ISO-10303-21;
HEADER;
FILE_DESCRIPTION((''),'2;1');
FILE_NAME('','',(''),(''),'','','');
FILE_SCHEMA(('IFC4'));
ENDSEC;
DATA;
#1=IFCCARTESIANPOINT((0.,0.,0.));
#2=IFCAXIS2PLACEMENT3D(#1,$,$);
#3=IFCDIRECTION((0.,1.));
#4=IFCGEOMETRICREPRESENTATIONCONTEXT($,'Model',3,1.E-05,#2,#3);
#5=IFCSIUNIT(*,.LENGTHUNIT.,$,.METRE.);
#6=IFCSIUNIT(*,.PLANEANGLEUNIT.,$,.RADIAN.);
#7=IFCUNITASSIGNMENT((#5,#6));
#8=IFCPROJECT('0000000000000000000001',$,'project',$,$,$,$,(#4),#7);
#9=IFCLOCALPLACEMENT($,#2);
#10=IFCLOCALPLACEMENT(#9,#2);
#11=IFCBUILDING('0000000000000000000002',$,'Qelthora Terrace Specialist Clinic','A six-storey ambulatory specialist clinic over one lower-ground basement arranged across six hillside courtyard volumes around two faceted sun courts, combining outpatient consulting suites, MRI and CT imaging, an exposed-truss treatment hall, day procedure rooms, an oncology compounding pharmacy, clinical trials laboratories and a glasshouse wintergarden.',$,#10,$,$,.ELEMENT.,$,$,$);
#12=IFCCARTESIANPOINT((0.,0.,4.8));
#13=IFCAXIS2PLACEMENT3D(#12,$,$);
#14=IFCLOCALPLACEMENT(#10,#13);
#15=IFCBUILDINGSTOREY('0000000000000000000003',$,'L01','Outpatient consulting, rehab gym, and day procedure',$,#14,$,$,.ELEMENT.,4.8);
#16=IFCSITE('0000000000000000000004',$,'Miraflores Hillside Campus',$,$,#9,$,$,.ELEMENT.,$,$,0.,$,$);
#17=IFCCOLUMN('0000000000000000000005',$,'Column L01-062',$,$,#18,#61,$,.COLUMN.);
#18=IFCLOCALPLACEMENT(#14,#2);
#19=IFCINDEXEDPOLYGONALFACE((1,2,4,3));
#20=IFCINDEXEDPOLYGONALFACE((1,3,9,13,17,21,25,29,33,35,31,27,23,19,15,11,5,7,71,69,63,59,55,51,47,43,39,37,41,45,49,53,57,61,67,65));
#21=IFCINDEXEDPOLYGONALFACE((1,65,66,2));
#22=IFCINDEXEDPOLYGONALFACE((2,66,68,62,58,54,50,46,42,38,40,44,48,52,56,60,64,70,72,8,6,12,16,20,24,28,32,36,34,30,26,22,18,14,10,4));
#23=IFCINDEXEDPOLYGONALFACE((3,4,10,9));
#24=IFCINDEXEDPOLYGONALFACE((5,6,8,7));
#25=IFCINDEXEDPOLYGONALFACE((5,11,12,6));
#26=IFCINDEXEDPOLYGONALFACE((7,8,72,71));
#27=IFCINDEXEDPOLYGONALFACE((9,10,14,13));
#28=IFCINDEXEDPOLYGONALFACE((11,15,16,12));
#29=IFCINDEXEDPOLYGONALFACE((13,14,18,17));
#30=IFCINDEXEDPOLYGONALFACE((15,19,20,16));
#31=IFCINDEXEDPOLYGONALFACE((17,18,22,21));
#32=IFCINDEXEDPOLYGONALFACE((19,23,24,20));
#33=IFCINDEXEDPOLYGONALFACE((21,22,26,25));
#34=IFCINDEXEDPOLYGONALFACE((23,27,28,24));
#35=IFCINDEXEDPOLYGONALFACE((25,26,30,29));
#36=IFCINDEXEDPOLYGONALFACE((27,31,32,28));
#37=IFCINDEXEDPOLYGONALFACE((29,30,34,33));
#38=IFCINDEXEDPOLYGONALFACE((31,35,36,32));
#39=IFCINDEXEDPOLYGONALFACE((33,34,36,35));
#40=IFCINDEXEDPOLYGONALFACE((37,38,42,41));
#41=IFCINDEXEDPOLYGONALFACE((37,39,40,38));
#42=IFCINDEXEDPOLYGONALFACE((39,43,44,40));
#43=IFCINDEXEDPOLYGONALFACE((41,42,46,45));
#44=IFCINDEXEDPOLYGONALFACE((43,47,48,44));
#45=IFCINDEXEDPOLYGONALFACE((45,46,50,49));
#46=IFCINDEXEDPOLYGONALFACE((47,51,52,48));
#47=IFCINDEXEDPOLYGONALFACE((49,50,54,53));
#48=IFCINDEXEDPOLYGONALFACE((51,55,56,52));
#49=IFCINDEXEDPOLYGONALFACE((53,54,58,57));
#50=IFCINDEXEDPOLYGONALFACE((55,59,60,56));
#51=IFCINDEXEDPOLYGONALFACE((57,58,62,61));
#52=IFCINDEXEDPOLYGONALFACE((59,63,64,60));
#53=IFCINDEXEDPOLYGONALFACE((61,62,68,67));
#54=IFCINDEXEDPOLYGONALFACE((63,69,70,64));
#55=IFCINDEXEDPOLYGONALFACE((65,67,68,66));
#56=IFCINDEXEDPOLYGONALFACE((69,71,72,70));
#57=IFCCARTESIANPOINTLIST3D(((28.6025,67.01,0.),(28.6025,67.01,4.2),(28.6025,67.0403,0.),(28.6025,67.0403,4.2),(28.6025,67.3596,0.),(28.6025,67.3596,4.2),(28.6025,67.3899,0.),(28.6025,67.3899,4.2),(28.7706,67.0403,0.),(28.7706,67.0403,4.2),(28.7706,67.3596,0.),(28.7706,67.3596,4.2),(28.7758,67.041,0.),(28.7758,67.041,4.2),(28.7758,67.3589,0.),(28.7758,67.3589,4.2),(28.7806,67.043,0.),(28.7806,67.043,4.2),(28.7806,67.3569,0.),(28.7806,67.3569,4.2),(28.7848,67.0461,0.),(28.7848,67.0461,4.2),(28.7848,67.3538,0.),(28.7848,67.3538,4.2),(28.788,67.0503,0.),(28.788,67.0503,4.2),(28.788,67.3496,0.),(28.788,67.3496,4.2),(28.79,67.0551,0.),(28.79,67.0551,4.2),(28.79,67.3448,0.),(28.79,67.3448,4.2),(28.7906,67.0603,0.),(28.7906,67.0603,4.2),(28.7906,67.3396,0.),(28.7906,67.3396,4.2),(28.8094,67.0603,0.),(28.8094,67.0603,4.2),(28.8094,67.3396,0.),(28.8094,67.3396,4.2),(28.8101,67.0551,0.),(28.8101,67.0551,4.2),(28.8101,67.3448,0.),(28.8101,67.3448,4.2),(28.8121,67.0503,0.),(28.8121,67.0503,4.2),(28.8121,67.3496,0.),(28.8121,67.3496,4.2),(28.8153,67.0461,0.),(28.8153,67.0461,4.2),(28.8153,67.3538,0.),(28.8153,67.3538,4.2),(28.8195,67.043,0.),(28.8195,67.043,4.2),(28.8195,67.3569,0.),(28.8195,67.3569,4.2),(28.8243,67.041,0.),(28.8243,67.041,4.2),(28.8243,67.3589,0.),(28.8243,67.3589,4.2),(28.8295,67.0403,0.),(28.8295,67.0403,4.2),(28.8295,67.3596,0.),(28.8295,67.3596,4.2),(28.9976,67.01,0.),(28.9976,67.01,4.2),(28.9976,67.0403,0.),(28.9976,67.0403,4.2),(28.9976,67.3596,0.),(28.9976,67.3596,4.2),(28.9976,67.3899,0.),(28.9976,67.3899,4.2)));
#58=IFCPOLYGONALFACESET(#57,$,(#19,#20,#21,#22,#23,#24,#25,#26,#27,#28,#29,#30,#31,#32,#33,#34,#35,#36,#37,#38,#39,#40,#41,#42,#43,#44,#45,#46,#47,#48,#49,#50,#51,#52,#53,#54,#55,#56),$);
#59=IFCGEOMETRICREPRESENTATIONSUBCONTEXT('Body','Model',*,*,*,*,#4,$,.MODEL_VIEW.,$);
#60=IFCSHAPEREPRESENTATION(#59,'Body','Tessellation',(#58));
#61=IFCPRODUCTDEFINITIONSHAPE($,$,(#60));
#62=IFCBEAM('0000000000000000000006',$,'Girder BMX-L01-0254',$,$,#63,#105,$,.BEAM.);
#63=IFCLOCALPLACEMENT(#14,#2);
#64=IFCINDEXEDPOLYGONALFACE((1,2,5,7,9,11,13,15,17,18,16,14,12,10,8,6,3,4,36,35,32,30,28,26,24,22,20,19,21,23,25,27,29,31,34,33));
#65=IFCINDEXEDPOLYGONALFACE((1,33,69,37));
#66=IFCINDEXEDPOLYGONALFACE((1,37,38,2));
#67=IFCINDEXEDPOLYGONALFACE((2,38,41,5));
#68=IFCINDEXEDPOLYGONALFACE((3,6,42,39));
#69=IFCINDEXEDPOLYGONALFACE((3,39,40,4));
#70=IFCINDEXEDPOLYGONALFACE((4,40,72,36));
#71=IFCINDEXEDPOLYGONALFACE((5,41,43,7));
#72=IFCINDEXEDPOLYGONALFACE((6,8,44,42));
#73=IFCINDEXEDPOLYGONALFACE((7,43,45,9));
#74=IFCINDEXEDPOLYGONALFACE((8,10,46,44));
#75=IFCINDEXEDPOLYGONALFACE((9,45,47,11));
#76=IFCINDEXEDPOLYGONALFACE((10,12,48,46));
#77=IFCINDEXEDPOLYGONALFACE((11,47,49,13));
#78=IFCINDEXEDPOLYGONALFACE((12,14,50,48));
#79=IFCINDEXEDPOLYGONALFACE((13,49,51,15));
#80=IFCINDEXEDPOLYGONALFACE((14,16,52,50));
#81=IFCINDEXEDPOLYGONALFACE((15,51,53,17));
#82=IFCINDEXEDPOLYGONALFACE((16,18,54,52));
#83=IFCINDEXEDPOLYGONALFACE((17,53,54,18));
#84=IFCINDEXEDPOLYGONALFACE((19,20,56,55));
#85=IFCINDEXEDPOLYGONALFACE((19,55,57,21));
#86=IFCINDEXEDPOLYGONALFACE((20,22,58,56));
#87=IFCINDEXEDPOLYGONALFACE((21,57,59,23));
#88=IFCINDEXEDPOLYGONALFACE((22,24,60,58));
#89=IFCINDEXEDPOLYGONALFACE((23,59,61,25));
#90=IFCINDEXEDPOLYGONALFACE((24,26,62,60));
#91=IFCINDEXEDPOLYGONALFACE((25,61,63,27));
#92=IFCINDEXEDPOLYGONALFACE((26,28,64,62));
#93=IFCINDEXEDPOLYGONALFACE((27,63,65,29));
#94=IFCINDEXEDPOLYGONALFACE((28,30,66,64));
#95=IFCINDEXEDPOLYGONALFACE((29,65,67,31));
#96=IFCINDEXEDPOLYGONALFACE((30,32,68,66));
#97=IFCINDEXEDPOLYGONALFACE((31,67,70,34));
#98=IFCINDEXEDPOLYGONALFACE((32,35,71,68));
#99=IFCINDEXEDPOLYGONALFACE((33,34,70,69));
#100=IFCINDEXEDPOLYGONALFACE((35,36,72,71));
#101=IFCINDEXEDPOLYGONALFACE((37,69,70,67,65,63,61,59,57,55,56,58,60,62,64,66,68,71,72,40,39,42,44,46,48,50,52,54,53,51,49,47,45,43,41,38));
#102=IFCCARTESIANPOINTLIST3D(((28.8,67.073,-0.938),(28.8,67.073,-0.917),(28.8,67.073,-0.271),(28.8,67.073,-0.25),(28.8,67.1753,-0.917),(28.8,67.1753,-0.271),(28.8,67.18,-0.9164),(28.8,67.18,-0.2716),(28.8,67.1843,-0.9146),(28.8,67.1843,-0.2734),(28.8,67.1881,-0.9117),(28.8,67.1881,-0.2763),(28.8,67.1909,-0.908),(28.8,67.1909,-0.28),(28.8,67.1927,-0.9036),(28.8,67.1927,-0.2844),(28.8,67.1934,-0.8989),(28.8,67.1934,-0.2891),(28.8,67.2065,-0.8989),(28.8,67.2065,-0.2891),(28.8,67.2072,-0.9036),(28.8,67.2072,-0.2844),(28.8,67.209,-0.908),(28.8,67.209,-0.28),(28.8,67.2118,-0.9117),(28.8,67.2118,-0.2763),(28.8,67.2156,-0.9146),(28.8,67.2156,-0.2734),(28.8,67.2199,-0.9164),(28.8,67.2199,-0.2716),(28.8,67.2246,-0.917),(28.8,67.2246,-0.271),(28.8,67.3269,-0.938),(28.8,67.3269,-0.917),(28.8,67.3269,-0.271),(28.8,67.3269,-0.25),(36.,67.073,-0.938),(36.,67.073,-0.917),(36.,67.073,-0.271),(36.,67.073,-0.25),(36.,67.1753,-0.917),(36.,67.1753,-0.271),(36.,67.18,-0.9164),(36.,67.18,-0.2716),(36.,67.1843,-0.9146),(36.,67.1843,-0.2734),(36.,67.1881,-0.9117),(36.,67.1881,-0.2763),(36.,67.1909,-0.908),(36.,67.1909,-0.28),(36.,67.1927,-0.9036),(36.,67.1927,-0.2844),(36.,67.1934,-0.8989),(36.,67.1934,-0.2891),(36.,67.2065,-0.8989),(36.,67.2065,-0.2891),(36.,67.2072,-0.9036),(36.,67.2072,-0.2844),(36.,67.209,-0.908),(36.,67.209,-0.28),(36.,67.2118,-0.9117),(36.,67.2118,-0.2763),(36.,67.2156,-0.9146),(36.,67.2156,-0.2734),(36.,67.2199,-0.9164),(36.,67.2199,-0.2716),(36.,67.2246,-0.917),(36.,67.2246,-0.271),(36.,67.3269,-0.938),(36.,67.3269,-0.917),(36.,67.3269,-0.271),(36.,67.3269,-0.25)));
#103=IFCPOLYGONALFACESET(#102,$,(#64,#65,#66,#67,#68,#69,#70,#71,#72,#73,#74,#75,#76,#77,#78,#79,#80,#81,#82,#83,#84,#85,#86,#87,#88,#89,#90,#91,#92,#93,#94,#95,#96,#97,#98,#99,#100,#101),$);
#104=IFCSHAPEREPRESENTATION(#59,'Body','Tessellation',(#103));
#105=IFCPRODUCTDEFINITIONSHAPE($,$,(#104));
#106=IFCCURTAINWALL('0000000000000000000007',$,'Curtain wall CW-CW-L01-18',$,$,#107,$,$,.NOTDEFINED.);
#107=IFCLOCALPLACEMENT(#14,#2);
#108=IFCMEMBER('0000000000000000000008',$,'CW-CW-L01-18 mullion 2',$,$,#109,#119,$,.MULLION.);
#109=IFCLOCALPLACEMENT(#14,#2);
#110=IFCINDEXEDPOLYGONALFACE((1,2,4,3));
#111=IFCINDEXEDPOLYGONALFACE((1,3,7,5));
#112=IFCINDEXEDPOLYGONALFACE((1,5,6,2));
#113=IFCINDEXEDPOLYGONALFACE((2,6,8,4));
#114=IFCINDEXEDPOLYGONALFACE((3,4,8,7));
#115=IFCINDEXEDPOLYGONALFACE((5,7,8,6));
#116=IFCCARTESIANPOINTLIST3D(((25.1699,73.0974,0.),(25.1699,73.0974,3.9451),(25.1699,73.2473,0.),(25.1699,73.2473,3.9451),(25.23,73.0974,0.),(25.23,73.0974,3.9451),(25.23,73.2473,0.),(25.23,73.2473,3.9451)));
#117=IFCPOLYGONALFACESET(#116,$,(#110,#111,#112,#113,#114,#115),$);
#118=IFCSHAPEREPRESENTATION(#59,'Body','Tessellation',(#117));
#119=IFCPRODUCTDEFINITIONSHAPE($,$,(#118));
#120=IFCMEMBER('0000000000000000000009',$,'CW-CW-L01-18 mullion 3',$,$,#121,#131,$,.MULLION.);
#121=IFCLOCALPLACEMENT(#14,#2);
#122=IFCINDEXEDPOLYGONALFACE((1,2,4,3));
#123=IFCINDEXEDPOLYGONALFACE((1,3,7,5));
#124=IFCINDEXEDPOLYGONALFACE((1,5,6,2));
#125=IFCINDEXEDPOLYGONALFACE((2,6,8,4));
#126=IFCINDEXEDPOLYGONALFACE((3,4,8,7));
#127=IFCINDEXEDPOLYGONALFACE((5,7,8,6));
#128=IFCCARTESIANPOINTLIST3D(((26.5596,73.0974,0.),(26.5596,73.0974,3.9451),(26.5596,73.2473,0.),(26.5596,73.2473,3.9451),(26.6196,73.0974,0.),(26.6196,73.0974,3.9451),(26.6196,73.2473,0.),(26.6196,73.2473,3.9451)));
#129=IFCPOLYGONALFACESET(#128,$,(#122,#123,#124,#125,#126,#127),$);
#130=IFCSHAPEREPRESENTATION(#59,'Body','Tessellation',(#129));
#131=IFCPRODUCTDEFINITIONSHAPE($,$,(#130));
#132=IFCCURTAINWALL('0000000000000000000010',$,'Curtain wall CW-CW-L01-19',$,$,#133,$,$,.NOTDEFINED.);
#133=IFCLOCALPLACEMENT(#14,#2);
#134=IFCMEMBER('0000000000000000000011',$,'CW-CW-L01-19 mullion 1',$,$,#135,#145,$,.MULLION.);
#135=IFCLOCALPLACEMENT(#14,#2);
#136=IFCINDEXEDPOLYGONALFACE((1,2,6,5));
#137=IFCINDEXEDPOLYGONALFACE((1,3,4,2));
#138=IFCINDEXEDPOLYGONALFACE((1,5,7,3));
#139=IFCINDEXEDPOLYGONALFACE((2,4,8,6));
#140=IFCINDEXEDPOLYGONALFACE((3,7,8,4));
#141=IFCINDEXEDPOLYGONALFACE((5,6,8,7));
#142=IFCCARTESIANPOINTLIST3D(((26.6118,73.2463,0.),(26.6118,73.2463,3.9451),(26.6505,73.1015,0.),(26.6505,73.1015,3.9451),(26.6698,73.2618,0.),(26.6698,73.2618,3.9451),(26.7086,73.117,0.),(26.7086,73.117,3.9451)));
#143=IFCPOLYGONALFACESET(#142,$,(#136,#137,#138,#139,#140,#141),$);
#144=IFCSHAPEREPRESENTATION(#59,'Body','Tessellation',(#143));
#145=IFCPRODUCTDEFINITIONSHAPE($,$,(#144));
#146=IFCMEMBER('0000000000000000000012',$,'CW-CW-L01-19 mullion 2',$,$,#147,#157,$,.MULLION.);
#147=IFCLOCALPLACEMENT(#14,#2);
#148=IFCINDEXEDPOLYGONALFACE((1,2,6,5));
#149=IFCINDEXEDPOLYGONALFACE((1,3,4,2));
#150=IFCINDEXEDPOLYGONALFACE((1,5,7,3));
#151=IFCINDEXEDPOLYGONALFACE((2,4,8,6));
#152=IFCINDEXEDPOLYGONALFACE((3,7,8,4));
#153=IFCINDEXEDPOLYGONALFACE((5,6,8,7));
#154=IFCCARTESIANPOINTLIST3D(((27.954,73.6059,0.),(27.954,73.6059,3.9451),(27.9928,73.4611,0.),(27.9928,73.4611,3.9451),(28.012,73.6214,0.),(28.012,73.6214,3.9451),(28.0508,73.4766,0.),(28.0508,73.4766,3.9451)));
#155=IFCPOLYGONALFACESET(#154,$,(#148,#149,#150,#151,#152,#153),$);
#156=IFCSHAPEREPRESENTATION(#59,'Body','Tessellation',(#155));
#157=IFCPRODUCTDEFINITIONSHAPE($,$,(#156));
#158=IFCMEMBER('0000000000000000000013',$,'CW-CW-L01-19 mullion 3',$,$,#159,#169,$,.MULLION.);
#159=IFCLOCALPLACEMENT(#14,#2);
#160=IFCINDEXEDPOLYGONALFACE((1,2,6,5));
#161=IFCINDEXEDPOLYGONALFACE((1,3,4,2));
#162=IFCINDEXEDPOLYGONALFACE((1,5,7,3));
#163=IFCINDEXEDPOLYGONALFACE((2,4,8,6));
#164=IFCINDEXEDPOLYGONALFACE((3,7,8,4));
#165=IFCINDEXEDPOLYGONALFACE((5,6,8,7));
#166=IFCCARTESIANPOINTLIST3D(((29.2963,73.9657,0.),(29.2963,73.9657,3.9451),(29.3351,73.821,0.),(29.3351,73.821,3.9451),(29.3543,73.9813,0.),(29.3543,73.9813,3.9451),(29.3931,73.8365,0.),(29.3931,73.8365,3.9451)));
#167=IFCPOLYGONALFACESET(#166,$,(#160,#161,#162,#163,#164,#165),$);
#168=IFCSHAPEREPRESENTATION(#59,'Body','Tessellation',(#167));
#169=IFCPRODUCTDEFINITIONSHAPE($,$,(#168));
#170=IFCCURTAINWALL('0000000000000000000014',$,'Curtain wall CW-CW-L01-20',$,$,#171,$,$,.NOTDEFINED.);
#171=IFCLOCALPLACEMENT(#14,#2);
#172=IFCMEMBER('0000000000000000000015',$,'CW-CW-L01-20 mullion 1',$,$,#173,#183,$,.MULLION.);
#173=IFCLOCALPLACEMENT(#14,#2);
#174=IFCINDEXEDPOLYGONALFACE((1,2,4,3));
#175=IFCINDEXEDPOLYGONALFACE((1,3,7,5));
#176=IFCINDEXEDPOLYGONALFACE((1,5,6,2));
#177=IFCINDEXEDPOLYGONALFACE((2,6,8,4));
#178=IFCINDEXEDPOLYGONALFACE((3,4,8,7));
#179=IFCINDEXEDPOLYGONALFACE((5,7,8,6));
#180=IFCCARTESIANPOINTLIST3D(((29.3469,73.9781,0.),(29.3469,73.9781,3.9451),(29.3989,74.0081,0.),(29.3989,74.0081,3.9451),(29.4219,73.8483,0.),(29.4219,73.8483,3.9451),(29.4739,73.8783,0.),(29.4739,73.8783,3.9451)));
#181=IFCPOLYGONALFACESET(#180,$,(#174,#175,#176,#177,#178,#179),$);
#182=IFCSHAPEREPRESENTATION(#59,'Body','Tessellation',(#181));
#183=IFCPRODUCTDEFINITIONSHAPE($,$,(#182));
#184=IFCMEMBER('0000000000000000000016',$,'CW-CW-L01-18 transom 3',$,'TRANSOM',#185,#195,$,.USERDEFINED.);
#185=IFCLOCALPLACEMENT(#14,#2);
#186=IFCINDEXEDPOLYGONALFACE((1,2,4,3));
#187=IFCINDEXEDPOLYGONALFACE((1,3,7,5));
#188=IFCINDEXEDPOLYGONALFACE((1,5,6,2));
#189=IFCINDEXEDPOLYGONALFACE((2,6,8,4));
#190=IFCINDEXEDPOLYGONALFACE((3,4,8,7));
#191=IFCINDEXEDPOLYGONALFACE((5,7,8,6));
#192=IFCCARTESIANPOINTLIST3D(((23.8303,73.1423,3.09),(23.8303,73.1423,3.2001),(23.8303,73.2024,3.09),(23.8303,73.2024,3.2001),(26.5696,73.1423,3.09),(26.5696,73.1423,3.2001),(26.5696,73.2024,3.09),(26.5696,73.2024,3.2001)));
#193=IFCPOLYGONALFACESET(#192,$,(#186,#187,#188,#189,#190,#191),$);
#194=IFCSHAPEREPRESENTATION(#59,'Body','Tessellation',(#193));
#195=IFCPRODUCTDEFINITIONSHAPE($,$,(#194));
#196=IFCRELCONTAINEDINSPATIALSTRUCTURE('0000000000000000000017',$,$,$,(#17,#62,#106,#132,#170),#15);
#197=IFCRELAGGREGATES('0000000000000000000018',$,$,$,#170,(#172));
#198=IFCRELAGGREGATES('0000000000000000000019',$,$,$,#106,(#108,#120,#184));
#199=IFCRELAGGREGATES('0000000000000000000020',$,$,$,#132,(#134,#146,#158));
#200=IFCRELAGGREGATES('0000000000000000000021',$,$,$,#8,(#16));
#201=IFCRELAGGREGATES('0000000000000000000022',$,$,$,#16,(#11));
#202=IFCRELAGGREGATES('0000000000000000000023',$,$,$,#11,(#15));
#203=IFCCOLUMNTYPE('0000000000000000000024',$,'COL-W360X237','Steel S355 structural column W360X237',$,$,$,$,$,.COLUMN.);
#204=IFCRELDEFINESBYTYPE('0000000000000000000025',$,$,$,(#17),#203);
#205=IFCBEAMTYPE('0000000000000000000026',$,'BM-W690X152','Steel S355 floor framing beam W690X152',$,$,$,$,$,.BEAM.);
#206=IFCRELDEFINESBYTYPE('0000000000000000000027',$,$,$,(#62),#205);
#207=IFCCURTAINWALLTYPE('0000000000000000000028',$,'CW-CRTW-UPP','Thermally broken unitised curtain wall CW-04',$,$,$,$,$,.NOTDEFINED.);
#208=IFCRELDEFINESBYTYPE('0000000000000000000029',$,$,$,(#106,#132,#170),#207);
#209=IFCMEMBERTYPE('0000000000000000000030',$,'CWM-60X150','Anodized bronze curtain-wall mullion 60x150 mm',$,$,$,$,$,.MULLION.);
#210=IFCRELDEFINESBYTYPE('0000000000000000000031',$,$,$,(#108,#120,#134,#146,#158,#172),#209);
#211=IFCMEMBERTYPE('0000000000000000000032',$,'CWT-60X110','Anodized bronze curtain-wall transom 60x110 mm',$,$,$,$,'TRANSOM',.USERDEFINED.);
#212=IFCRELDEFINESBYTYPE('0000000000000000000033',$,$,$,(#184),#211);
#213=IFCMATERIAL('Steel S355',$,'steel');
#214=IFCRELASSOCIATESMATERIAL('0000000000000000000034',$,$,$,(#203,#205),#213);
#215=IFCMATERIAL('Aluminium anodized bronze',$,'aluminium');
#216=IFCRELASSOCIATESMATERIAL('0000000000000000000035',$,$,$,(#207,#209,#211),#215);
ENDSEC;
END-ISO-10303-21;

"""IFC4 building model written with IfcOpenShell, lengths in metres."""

from ifc_helpers import new_model, si_unit, direction, frame, origin, origin_2d, place, context, subcontext, project, spatial, rectangle, i_section, extrude, material, material_profile, profile_set, type_object, element, aggregate, save


model = new_model("IFC4")

# Units and contexts
model_context = context("Model", 3, precision=1e-05, world=origin(), true_north=direction((0.0, 1.0)))
body_context = subcontext(model_context, "Body", "Model", "MODEL_VIEW")
ifc_project = project(units=[si_unit("LENGTHUNIT", "METRE"), si_unit("PLANEANGLEUNIT", "RADIAN")], contexts=[model_context])

# Site, building, storey
site_placement = place(None, origin())
site = spatial("IfcSite", under=ifc_project, at=site_placement, Name="Miraflores Hillside Campus", CompositionType="ELEMENT", RefElevation=0.0)
building_placement = place(site_placement, origin())
building = spatial("IfcBuilding", under=site, at=building_placement, Name="Qelthora Terrace Specialist Clinic", Description="A six-storey ambulatory specialist clinic over one lower-ground basement arranged across six hillside courtyard volumes around two faceted sun courts, combining outpatient consulting suites, MRI and CT imaging, an exposed-truss treatment hall, day procedure rooms, an oncology compounding pharmacy, clinical trials laboratories and a glasshouse wintergarden.", CompositionType="ELEMENT")
storey_placement = place(building_placement, frame((0.0, 0.0, 4.8)))
storey = spatial("IfcBuildingStorey", under=building, at=storey_placement, Name="L01", Description="Outpatient consulting, rehab gym, and day procedure", CompositionType="ELEMENT", Elevation=4.8)

# Column
ifc_material_1 = material(Name="Steel S355", Category="steel")
ifc_material_profile_1 = material_profile(ifc_material_1, i_section(OverallWidth=0.395, OverallDepth=0.3799, WebThickness=0.0188, FlangeThickness=0.0303, FilletRadius=0.02, at=origin_2d()), Name="W360X237")
ifc_profile_set_1 = profile_set([ifc_material_profile_1], Name="Steel S355")
column_type = type_object("IfcColumnType", Name="COL-W360X237", Description="Steel S355 structural column W360X237", PredefinedType="COLUMN", material=ifc_profile_set_1)
column_placement = place(storey_placement, frame((28.8, 67.2, 0.0), z_axis=(0.0, 0.0, 1.0), x_axis=(1.0, 0.0, 0.0)))
element("IfcColumn", 1, at=column_placement, inside=storey, type_object=column_type, Name="Column L01-062", PredefinedType="COLUMN", context=body_context, shape_type="SweptSolid", body=[
    extrude(i_section(OverallWidth=0.395, OverallDepth=0.3799, WebThickness=0.0188, FlangeThickness=0.0303, FilletRadius=0.02, at=origin_2d()), origin(), (0.0, 0.0, 1.0), 4.2),
])

# Beam
ifc_material_profile_2 = material_profile(ifc_material_1, i_section(OverallWidth=0.2539, OverallDepth=0.688, WebThickness=0.0132, FlangeThickness=0.021, FilletRadius=0.0181, at=origin_2d()), Name="W690X152")
ifc_profile_set_2 = profile_set([ifc_material_profile_2], Name="Steel S355")
beam_type = type_object("IfcBeamType", Name="BM-W690X152", Description="Steel S355 floor framing beam W690X152", PredefinedType="BEAM", material=ifc_profile_set_2)
beam_placement = place(storey_placement, frame((28.8, 67.2, -0.594), z_axis=(1.0, 0.0, 0.0), x_axis=(0.0, 1.0, 0.0)))
element("IfcBeam", 2, at=beam_placement, inside=storey, type_object=beam_type, Name="Girder BMX-L01-0254", PredefinedType="BEAM", context=body_context, shape_type="SweptSolid", body=[
    extrude(i_section(OverallWidth=0.2539, OverallDepth=0.688, WebThickness=0.0132, FlangeThickness=0.021, FilletRadius=0.0181, at=origin_2d()), origin(), (0.0, 0.0, 1.0), 7.2),
])

# Curtain walls, members
ifc_material_2 = material(Name="Aluminium anodized bronze", Category="aluminium")
curtain_wall_type = type_object("IfcCurtainWallType", Name="CW-CRTW-UPP", Description="Thermally broken unitised curtain wall CW-04", PredefinedType="NOTDEFINED", material=ifc_material_2)
curtain_wall_1_placement = place(storey_placement, origin())
curtain_wall_1 = element("IfcCurtainWall", 3, at=curtain_wall_1_placement, inside=storey, type_object=curtain_wall_type, Name="Curtain wall CW-CW-L01-18", PredefinedType="NOTDEFINED")
ifc_material_profile_3 = material_profile(ifc_material_2, rectangle(XDim=0.0601, YDim=0.1499, at=origin_2d()), Name="CWM60X150")
ifc_profile_set_3 = profile_set([ifc_material_profile_3], Name="Aluminium anodized bronze")
member_type_1 = type_object("IfcMemberType", Name="CWM-60X150", Description="Anodized bronze curtain-wall mullion 60x150 mm", PredefinedType="MULLION", material=ifc_profile_set_3)
member_1_placement = place(storey_placement, frame((25.2, 73.1724, 0.0), z_axis=(0.0, 0.0, 1.0), x_axis=(1.0, 0.0, 0.0)))
member_1 = element("IfcMember", 4, at=member_1_placement, type_object=member_type_1, Name="CW-CW-L01-18 mullion 2", PredefinedType="MULLION", context=body_context, shape_type="SweptSolid", body=[
    extrude(rectangle(XDim=0.0601, YDim=0.1499, at=origin_2d()), origin(), (0.0, 0.0, 1.0), 3.9451),
])
member_2_placement = place(storey_placement, frame((26.5896, 73.1724, 0.0), z_axis=(0.0, 0.0, 1.0), x_axis=(1.0, 0.0, 0.0)))
member_2 = element("IfcMember", 5, at=member_2_placement, type_object=member_type_1, Name="CW-CW-L01-18 mullion 3", PredefinedType="MULLION", context=body_context, shape_type="SweptSolid", body=[
    extrude(rectangle(XDim=0.0601, YDim=0.1499, at=origin_2d()), origin(), (0.0, 0.0, 1.0), 3.9451),
])
curtain_wall_2_placement = place(storey_placement, origin())
curtain_wall_2 = element("IfcCurtainWall", 6, at=curtain_wall_2_placement, inside=storey, type_object=curtain_wall_type, Name="Curtain wall CW-CW-L01-19", PredefinedType="NOTDEFINED")
member_3_placement = place(storey_placement, frame((26.6602, 73.1816, 0.0), z_axis=(0.0, 0.0, 1.0), x_axis=(0.965925, 0.25882, 0.0)))
member_3 = element("IfcMember", 7, at=member_3_placement, type_object=member_type_1, Name="CW-CW-L01-19 mullion 1", PredefinedType="MULLION", context=body_context, shape_type="SweptSolid", body=[
    extrude(rectangle(XDim=0.0601, YDim=0.1499, at=origin_2d()), origin(), (0.0, 0.0, 1.0), 3.9451),
])
member_4_placement = place(storey_placement, frame((28.0024, 73.5413, 0.0), z_axis=(0.0, 0.0, 1.0), x_axis=(0.965925, 0.25882, 0.0)))
member_4 = element("IfcMember", 8, at=member_4_placement, type_object=member_type_1, Name="CW-CW-L01-19 mullion 2", PredefinedType="MULLION", context=body_context, shape_type="SweptSolid", body=[
    extrude(rectangle(XDim=0.0601, YDim=0.1499, at=origin_2d()), origin(), (0.0, 0.0, 1.0), 3.9451),
])
member_5_placement = place(storey_placement, frame((29.3447, 73.9011, 0.0), z_axis=(0.0, 0.0, 1.0), x_axis=(0.965925, 0.25882, 0.0)))
member_5 = element("IfcMember", 9, at=member_5_placement, type_object=member_type_1, Name="CW-CW-L01-19 mullion 3", PredefinedType="MULLION", context=body_context, shape_type="SweptSolid", body=[
    extrude(rectangle(XDim=0.0601, YDim=0.1499, at=origin_2d()), origin(), (0.0, 0.0, 1.0), 3.9451),
])

# Curtain wall, member
curtain_wall_3_placement = place(storey_placement, origin())
curtain_wall_3 = element("IfcCurtainWall", 10, at=curtain_wall_3_placement, inside=storey, type_object=curtain_wall_type, Name="Curtain wall CW-CW-L01-20", PredefinedType="NOTDEFINED")
member_6_placement = place(storey_placement, frame((29.4104, 73.9282, 0.0), z_axis=(0.0, 0.0, 1.0), x_axis=(0.866026, 0.5, 0.0)))
member_6 = element("IfcMember", 11, at=member_6_placement, type_object=member_type_1, Name="CW-CW-L01-20 mullion 1", PredefinedType="MULLION", context=body_context, shape_type="SweptSolid", body=[
    extrude(rectangle(XDim=0.0601, YDim=0.1499, at=origin_2d()), origin(), (0.0, 0.0, 1.0), 3.9451),
])
aggregate(curtain_wall_3, [member_6])

# Member
ifc_material_profile_4 = material_profile(ifc_material_2, rectangle(XDim=0.0601, YDim=0.1101, at=origin_2d()), Name="CWT60X110")
ifc_profile_set_4 = profile_set([ifc_material_profile_4], Name="Aluminium anodized bronze")
member_type_2 = type_object("IfcMemberType", Name="CWT-60X110", Description="Anodized bronze curtain-wall transom 60x110 mm", ElementType="TRANSOM", PredefinedType="USERDEFINED", material=ifc_profile_set_4)
member_7_placement = place(storey_placement, frame((23.8303, 73.1724, 3.145), z_axis=(1.0, 0.0, 0.0), x_axis=(0.0, 1.0, 0.0)))
member_7 = element("IfcMember", 12, at=member_7_placement, type_object=member_type_2, Name="CW-CW-L01-18 transom 3", ObjectType="TRANSOM", PredefinedType="USERDEFINED", context=body_context, shape_type="SweptSolid", body=[
    extrude(rectangle(XDim=0.0601, YDim=0.1101, at=origin_2d()), origin(), (0.0, 0.0, 1.0), 2.7393),
])

aggregate(curtain_wall_1, [member_1, member_2, member_7])
aggregate(curtain_wall_2, [member_3, member_4, member_5])

save(model, "model.ifc")
